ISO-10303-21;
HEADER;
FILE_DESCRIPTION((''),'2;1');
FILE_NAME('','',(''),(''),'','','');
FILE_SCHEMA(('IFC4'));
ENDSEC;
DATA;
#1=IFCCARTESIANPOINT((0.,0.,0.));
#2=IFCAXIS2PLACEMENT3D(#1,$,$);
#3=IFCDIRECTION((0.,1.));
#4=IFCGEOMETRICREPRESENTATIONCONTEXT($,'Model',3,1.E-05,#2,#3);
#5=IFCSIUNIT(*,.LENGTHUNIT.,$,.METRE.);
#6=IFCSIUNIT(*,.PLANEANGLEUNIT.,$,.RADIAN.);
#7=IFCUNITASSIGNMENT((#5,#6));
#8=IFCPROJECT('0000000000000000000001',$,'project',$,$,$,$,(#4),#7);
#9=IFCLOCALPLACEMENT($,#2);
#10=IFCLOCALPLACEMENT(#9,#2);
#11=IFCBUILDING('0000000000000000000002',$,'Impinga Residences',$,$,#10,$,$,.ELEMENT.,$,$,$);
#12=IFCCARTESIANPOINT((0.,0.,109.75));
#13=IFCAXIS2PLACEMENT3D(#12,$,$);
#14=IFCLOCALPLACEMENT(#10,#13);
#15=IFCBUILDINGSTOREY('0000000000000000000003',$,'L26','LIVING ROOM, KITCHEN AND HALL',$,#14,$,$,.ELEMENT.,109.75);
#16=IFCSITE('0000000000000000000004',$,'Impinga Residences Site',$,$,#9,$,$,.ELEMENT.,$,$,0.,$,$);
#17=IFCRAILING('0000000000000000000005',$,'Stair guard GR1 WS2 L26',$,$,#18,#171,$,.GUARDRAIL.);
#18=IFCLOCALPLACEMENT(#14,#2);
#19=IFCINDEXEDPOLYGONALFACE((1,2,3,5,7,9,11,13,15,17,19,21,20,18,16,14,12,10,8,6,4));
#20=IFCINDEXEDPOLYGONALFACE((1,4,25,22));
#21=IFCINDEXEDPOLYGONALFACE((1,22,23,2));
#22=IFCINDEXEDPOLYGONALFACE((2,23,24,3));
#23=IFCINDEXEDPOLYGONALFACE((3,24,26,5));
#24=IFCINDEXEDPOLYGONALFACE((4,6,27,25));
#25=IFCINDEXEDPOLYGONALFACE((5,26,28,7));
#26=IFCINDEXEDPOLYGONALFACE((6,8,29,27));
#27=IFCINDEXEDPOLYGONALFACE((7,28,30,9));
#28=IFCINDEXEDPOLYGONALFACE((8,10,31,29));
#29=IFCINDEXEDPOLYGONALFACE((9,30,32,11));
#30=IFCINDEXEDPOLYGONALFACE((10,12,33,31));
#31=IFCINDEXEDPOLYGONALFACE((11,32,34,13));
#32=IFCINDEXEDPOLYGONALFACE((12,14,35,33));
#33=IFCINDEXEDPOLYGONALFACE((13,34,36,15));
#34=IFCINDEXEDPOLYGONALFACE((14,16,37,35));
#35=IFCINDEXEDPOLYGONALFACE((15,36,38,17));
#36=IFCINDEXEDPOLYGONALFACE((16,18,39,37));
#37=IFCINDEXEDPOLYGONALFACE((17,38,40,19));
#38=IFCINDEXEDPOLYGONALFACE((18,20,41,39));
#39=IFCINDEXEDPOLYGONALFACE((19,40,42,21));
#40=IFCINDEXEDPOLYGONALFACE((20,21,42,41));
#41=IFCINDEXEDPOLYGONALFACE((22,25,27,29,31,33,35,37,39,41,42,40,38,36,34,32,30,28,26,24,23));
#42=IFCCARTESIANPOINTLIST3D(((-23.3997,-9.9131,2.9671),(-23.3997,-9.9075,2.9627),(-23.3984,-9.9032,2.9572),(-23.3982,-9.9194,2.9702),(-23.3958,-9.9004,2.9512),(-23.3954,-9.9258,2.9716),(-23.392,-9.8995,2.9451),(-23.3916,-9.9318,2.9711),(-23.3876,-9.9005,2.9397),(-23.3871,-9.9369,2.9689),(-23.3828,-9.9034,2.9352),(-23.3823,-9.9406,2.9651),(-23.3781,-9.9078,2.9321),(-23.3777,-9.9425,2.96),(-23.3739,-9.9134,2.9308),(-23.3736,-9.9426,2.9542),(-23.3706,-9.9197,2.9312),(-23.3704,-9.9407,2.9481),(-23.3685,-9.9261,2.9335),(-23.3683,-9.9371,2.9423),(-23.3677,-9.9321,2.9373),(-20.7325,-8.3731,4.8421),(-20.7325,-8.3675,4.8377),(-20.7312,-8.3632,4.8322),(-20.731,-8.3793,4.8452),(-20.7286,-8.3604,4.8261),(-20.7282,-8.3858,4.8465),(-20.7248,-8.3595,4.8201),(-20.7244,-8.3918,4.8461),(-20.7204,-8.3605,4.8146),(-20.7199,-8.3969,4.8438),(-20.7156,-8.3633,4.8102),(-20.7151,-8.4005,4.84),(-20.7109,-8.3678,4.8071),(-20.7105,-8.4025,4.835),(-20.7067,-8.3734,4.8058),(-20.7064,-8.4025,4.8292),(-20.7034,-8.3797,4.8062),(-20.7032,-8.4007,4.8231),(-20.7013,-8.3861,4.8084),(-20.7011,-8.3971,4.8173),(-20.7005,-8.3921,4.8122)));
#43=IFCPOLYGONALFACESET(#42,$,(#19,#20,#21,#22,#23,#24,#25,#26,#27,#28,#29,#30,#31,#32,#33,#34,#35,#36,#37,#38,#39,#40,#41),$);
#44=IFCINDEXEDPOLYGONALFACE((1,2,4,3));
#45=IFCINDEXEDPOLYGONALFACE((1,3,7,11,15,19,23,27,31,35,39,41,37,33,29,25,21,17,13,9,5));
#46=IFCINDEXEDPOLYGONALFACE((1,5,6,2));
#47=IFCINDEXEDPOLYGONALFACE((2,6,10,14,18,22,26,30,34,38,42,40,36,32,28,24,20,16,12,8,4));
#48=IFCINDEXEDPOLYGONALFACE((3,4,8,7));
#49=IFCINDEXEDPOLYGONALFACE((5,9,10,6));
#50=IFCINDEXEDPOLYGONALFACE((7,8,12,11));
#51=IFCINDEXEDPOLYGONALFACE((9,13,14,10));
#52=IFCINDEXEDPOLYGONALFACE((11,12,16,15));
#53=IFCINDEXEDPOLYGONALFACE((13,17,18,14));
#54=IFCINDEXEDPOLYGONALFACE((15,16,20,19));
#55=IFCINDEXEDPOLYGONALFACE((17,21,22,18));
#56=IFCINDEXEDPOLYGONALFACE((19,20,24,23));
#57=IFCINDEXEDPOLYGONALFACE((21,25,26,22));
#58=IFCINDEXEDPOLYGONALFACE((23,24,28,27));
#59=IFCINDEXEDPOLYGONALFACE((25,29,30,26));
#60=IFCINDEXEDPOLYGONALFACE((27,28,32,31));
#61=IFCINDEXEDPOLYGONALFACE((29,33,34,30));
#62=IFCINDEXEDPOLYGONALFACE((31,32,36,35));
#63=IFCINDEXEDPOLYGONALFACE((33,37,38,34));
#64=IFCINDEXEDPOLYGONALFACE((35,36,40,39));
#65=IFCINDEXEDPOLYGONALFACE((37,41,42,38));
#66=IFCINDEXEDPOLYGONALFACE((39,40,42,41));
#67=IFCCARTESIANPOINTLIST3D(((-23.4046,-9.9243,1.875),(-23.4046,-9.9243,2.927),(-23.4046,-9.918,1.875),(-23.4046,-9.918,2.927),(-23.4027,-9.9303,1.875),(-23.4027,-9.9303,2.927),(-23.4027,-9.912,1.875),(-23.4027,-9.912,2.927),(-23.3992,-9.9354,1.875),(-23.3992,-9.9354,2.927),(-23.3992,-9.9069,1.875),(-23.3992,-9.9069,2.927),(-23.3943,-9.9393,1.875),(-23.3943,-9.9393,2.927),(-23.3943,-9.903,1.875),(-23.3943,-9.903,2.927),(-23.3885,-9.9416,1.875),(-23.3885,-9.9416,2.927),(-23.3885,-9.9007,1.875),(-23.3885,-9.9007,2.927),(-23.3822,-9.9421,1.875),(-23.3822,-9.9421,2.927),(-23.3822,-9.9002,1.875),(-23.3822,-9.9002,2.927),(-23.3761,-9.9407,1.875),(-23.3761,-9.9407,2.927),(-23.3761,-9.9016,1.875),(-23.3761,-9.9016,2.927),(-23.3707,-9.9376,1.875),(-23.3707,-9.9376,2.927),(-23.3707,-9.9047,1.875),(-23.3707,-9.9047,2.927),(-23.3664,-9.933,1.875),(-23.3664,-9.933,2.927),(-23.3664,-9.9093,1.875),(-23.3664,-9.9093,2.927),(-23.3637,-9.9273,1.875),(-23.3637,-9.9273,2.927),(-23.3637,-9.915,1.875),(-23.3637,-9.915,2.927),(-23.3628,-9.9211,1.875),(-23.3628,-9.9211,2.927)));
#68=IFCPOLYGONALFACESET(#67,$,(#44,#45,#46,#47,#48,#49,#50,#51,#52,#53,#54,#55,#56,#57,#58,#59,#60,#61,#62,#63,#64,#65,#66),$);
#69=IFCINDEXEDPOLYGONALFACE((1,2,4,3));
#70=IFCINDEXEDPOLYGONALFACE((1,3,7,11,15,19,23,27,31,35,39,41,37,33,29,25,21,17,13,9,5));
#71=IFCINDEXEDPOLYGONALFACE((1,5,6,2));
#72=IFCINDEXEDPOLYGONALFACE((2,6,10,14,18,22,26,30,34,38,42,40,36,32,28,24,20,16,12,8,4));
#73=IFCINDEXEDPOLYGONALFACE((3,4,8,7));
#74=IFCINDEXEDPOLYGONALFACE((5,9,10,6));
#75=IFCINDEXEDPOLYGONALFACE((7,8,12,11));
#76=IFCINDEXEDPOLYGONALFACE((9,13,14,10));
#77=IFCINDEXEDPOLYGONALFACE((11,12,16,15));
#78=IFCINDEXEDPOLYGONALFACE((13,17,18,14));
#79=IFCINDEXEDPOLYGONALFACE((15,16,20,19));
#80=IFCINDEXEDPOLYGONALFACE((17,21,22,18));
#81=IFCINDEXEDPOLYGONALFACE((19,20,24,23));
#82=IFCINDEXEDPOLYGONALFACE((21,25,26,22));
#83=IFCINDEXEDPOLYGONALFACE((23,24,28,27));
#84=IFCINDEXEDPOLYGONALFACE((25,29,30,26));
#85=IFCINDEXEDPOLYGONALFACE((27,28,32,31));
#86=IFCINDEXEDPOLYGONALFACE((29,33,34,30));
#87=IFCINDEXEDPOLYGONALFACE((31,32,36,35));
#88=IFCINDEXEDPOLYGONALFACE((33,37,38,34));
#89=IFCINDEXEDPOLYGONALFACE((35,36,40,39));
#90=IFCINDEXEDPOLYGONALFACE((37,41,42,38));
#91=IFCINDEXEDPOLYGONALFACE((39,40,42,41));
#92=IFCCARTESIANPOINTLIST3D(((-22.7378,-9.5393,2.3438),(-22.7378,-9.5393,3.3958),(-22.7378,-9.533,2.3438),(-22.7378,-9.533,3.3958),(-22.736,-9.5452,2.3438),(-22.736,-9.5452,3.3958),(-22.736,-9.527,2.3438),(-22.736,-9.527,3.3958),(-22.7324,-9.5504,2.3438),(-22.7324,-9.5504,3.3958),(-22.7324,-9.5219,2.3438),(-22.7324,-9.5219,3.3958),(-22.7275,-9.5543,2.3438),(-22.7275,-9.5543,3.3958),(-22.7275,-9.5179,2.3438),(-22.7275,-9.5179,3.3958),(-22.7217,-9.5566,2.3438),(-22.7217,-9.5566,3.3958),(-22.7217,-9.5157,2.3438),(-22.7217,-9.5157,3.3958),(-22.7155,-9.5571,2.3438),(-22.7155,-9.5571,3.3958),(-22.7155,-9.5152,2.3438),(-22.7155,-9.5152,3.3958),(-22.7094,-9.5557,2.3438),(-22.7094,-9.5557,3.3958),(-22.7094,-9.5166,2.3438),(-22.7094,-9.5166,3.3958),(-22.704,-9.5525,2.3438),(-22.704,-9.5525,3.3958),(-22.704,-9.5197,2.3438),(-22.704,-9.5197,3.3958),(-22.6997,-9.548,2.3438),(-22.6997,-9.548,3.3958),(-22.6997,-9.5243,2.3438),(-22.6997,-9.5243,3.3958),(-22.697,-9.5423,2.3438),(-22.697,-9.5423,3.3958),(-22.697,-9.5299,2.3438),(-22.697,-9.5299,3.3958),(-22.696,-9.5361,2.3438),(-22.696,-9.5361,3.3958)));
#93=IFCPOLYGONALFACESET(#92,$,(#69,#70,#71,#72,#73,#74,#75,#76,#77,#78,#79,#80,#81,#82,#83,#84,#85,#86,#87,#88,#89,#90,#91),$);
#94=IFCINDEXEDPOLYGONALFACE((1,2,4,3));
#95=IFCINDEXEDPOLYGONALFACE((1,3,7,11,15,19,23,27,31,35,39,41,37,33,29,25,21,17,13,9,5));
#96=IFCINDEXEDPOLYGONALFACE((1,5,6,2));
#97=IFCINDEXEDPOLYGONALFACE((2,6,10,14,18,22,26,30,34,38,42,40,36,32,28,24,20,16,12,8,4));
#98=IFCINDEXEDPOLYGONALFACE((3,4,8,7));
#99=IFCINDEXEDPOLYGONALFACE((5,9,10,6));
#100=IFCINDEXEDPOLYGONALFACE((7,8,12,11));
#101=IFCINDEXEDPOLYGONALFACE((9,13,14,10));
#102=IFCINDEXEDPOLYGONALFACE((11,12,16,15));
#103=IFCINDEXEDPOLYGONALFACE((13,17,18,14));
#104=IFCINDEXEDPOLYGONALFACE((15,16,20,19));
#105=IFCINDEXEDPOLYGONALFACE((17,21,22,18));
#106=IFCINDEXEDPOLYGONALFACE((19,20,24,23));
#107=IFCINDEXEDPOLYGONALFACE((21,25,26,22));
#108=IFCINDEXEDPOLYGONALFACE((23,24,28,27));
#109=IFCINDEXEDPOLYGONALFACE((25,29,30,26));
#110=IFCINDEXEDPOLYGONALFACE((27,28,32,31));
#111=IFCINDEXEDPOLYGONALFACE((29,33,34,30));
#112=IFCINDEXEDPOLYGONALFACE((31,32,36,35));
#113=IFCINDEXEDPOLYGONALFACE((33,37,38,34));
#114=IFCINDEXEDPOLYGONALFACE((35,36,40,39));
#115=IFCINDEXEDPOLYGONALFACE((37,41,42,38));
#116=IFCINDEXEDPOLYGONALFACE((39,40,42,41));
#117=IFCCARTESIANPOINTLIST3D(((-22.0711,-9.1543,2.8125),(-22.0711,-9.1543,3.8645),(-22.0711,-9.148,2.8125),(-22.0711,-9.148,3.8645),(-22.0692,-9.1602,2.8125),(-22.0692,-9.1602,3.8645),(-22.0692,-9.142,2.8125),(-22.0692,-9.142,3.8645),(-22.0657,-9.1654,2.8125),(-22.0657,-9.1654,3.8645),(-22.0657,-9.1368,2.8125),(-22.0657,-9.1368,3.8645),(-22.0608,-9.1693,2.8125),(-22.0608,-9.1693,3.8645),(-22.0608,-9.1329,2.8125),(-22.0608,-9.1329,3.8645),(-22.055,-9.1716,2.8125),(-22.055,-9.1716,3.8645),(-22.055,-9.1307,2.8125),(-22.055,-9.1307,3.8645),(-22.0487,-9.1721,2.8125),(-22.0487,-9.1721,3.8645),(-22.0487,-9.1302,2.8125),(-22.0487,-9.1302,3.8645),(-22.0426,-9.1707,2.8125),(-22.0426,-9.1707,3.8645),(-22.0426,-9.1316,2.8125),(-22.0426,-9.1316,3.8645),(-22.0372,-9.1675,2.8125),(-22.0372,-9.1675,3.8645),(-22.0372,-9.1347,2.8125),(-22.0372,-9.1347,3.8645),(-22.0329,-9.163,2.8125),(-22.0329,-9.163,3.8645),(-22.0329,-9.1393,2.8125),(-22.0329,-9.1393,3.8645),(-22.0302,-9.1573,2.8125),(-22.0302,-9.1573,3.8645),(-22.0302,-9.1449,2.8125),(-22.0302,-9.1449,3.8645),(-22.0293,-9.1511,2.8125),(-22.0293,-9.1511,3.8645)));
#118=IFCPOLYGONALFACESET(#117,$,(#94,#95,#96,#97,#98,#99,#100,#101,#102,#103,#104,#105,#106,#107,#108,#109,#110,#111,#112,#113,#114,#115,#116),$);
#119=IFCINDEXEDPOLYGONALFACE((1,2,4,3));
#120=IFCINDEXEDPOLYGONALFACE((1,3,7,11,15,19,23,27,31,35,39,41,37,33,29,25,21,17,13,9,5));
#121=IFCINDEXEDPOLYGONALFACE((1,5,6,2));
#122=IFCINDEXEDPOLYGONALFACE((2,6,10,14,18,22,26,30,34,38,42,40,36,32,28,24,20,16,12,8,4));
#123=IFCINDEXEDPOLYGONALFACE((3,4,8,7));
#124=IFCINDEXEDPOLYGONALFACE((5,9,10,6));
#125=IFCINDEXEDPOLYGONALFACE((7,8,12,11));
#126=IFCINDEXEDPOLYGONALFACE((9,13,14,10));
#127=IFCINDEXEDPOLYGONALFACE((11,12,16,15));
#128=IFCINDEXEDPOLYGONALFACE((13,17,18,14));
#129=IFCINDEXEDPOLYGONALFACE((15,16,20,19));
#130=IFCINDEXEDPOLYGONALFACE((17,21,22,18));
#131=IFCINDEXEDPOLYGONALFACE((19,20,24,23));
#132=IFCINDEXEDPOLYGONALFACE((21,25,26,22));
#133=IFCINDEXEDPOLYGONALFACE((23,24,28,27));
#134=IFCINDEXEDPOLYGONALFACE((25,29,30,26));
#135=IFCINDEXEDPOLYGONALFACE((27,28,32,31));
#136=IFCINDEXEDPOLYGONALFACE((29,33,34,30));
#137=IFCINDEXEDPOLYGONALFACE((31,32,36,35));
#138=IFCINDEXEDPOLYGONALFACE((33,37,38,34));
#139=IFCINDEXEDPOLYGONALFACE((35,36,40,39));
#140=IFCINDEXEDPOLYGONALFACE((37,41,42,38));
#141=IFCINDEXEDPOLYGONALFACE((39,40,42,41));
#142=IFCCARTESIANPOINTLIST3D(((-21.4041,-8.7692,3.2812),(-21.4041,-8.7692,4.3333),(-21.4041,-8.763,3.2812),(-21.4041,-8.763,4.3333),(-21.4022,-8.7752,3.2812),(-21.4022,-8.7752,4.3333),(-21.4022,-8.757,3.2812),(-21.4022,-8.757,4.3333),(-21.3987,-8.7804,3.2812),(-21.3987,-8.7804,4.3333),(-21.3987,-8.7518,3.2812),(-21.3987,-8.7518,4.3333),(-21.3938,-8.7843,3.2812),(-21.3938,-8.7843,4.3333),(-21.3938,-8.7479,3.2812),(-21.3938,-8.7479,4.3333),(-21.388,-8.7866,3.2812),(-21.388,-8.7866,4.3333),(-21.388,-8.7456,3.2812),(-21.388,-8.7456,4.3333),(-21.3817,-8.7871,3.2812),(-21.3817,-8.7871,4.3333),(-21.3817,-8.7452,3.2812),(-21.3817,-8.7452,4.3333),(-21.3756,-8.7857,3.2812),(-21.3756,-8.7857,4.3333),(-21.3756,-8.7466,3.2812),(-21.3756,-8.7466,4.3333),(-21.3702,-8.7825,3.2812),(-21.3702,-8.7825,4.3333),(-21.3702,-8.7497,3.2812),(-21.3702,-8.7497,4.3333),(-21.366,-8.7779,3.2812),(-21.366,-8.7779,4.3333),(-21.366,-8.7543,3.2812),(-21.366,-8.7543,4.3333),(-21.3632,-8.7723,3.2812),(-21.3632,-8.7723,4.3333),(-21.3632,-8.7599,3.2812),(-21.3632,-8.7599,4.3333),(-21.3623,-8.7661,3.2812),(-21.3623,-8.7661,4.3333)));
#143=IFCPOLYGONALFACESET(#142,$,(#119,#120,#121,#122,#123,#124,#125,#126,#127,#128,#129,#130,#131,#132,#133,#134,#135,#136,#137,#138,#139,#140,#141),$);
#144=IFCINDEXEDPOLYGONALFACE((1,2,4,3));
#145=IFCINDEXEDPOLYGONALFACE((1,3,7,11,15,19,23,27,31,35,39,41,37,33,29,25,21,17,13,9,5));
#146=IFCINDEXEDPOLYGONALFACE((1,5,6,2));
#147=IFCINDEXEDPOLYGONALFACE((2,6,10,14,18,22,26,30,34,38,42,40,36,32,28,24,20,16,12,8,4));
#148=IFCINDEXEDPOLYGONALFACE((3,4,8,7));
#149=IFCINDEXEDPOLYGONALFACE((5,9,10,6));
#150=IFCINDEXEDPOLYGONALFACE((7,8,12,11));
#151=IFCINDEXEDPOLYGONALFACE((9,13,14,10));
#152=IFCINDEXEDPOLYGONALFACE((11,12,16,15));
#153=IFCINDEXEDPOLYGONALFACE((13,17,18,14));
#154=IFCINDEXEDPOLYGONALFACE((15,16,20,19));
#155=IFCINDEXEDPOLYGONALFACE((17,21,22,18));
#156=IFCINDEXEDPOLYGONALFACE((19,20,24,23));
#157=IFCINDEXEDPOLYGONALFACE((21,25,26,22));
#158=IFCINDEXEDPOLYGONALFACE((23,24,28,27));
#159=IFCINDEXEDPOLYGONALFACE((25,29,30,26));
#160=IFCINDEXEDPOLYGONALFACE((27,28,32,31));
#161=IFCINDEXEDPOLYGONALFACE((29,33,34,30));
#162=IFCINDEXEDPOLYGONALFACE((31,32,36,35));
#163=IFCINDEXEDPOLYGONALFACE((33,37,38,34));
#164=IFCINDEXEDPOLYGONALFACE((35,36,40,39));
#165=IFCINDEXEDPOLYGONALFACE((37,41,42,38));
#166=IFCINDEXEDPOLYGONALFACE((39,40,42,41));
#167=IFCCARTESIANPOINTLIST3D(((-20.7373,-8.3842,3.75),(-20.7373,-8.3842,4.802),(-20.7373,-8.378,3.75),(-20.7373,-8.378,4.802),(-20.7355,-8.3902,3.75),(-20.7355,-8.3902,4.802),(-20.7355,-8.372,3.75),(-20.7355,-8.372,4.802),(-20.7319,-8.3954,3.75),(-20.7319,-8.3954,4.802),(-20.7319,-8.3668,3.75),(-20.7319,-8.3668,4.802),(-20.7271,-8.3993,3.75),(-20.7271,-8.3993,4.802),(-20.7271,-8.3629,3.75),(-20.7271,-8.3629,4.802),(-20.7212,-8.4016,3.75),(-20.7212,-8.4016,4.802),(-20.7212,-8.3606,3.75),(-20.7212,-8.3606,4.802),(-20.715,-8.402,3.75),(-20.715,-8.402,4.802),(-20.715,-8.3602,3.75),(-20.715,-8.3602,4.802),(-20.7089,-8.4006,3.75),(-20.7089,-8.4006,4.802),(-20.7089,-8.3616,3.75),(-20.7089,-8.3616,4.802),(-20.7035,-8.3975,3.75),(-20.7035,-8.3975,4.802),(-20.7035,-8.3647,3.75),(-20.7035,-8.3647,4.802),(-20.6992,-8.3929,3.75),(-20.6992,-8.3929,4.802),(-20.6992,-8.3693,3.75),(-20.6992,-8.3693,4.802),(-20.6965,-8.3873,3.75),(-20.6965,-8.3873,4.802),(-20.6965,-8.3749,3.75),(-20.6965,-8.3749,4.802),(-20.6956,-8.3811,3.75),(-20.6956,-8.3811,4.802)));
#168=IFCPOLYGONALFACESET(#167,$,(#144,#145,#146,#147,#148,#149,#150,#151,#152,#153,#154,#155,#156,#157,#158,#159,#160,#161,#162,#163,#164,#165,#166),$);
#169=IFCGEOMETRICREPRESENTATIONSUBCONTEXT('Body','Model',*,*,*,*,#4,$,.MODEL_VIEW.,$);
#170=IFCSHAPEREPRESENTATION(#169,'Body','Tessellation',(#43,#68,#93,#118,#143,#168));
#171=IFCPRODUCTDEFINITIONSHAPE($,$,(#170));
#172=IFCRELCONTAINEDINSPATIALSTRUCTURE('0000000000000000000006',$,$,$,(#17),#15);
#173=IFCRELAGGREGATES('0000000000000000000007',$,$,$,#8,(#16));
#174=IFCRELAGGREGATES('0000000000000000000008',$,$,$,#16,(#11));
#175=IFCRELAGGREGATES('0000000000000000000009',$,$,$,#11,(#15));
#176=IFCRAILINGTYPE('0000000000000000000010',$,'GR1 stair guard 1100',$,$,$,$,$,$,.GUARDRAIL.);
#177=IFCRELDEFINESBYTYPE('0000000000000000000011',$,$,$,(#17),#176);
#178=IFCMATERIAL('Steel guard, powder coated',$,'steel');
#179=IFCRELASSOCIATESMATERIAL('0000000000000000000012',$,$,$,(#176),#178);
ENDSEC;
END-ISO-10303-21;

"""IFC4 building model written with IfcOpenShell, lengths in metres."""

from ifc_helpers import new_model, si_unit, direction, frame, origin, origin_2d, place, context, subcontext, project, spatial, circle, extrude, material, type_object, element, save


model = new_model("IFC4")

# Units and contexts
model_context = context("Model", 3, precision=1e-05, world=origin(), true_north=direction((0.0, 1.0)))
body_context = subcontext(model_context, "Body", "Model", "MODEL_VIEW")
ifc_project = project(units=[si_unit("LENGTHUNIT", "METRE"), si_unit("PLANEANGLEUNIT", "RADIAN")], contexts=[model_context])

# Site, building, storey
site_placement = place(None, origin())
site = spatial("IfcSite", under=ifc_project, at=site_placement, Name="Impinga Residences Site", CompositionType="ELEMENT", RefElevation=0.0)
building_placement = place(site_placement, origin())
building = spatial("IfcBuilding", under=site, at=building_placement, Name="Impinga Residences", CompositionType="ELEMENT")
storey_placement = place(building_placement, frame((0.0, 0.0, 109.75)))
storey = spatial("IfcBuildingStorey", under=building, at=storey_placement, Name="L26", Description="LIVING ROOM, KITCHEN AND HALL", CompositionType="ELEMENT", Elevation=109.75)

# Railing
ifc_material_1 = material(Name="Steel guard, powder coated", Category="steel")
railing_type_1 = type_object("IfcRailingType", Name="GR1 stair guard 1100", PredefinedType="GUARDRAIL", material=ifc_material_1)
railing_1_placement = place(storey_placement, frame((-23.3838, -9.9211, 1.875)))
element("IfcRailing", 1, at=railing_1_placement, inside=storey, type_object=railing_type_1, Name="Stair guard GR1 WS2 L26", PredefinedType="GUARDRAIL", context=body_context, shape_type="SweptSolid", body=[
    extrude(circle(Radius=0.0239, at=origin_2d()), frame((0.0, 0.0, 1.0762), z_axis=(0.739716, 0.427105, 0.520002), x_axis=(-0.500027, 0.86601, 0.0)), (0.0, 0.0, 1.0), 3.6057),
    extrude(circle(Radius=0.021, at=origin_2d()), origin(), (0.0, 0.0, 1.0), 1.052),
    extrude(circle(Radius=0.021, at=origin_2d()), frame((0.6667, 0.385, 0.4688)), (0.0, 0.0, 1.0), 1.052),
    extrude(circle(Radius=0.021, at=origin_2d()), frame((1.3335, 0.77, 0.9375)), (0.0, 0.0, 1.0), 1.052),
    extrude(circle(Radius=0.021, at=origin_2d()), frame((2.0005, 1.155, 1.4062)), (0.0, 0.0, 1.0), 1.052),
    extrude(circle(Radius=0.021, at=origin_2d()), frame((2.6672, 1.54, 1.875)), (0.0, 0.0, 1.0), 1.052),
])

save(model, "model.ifc")
